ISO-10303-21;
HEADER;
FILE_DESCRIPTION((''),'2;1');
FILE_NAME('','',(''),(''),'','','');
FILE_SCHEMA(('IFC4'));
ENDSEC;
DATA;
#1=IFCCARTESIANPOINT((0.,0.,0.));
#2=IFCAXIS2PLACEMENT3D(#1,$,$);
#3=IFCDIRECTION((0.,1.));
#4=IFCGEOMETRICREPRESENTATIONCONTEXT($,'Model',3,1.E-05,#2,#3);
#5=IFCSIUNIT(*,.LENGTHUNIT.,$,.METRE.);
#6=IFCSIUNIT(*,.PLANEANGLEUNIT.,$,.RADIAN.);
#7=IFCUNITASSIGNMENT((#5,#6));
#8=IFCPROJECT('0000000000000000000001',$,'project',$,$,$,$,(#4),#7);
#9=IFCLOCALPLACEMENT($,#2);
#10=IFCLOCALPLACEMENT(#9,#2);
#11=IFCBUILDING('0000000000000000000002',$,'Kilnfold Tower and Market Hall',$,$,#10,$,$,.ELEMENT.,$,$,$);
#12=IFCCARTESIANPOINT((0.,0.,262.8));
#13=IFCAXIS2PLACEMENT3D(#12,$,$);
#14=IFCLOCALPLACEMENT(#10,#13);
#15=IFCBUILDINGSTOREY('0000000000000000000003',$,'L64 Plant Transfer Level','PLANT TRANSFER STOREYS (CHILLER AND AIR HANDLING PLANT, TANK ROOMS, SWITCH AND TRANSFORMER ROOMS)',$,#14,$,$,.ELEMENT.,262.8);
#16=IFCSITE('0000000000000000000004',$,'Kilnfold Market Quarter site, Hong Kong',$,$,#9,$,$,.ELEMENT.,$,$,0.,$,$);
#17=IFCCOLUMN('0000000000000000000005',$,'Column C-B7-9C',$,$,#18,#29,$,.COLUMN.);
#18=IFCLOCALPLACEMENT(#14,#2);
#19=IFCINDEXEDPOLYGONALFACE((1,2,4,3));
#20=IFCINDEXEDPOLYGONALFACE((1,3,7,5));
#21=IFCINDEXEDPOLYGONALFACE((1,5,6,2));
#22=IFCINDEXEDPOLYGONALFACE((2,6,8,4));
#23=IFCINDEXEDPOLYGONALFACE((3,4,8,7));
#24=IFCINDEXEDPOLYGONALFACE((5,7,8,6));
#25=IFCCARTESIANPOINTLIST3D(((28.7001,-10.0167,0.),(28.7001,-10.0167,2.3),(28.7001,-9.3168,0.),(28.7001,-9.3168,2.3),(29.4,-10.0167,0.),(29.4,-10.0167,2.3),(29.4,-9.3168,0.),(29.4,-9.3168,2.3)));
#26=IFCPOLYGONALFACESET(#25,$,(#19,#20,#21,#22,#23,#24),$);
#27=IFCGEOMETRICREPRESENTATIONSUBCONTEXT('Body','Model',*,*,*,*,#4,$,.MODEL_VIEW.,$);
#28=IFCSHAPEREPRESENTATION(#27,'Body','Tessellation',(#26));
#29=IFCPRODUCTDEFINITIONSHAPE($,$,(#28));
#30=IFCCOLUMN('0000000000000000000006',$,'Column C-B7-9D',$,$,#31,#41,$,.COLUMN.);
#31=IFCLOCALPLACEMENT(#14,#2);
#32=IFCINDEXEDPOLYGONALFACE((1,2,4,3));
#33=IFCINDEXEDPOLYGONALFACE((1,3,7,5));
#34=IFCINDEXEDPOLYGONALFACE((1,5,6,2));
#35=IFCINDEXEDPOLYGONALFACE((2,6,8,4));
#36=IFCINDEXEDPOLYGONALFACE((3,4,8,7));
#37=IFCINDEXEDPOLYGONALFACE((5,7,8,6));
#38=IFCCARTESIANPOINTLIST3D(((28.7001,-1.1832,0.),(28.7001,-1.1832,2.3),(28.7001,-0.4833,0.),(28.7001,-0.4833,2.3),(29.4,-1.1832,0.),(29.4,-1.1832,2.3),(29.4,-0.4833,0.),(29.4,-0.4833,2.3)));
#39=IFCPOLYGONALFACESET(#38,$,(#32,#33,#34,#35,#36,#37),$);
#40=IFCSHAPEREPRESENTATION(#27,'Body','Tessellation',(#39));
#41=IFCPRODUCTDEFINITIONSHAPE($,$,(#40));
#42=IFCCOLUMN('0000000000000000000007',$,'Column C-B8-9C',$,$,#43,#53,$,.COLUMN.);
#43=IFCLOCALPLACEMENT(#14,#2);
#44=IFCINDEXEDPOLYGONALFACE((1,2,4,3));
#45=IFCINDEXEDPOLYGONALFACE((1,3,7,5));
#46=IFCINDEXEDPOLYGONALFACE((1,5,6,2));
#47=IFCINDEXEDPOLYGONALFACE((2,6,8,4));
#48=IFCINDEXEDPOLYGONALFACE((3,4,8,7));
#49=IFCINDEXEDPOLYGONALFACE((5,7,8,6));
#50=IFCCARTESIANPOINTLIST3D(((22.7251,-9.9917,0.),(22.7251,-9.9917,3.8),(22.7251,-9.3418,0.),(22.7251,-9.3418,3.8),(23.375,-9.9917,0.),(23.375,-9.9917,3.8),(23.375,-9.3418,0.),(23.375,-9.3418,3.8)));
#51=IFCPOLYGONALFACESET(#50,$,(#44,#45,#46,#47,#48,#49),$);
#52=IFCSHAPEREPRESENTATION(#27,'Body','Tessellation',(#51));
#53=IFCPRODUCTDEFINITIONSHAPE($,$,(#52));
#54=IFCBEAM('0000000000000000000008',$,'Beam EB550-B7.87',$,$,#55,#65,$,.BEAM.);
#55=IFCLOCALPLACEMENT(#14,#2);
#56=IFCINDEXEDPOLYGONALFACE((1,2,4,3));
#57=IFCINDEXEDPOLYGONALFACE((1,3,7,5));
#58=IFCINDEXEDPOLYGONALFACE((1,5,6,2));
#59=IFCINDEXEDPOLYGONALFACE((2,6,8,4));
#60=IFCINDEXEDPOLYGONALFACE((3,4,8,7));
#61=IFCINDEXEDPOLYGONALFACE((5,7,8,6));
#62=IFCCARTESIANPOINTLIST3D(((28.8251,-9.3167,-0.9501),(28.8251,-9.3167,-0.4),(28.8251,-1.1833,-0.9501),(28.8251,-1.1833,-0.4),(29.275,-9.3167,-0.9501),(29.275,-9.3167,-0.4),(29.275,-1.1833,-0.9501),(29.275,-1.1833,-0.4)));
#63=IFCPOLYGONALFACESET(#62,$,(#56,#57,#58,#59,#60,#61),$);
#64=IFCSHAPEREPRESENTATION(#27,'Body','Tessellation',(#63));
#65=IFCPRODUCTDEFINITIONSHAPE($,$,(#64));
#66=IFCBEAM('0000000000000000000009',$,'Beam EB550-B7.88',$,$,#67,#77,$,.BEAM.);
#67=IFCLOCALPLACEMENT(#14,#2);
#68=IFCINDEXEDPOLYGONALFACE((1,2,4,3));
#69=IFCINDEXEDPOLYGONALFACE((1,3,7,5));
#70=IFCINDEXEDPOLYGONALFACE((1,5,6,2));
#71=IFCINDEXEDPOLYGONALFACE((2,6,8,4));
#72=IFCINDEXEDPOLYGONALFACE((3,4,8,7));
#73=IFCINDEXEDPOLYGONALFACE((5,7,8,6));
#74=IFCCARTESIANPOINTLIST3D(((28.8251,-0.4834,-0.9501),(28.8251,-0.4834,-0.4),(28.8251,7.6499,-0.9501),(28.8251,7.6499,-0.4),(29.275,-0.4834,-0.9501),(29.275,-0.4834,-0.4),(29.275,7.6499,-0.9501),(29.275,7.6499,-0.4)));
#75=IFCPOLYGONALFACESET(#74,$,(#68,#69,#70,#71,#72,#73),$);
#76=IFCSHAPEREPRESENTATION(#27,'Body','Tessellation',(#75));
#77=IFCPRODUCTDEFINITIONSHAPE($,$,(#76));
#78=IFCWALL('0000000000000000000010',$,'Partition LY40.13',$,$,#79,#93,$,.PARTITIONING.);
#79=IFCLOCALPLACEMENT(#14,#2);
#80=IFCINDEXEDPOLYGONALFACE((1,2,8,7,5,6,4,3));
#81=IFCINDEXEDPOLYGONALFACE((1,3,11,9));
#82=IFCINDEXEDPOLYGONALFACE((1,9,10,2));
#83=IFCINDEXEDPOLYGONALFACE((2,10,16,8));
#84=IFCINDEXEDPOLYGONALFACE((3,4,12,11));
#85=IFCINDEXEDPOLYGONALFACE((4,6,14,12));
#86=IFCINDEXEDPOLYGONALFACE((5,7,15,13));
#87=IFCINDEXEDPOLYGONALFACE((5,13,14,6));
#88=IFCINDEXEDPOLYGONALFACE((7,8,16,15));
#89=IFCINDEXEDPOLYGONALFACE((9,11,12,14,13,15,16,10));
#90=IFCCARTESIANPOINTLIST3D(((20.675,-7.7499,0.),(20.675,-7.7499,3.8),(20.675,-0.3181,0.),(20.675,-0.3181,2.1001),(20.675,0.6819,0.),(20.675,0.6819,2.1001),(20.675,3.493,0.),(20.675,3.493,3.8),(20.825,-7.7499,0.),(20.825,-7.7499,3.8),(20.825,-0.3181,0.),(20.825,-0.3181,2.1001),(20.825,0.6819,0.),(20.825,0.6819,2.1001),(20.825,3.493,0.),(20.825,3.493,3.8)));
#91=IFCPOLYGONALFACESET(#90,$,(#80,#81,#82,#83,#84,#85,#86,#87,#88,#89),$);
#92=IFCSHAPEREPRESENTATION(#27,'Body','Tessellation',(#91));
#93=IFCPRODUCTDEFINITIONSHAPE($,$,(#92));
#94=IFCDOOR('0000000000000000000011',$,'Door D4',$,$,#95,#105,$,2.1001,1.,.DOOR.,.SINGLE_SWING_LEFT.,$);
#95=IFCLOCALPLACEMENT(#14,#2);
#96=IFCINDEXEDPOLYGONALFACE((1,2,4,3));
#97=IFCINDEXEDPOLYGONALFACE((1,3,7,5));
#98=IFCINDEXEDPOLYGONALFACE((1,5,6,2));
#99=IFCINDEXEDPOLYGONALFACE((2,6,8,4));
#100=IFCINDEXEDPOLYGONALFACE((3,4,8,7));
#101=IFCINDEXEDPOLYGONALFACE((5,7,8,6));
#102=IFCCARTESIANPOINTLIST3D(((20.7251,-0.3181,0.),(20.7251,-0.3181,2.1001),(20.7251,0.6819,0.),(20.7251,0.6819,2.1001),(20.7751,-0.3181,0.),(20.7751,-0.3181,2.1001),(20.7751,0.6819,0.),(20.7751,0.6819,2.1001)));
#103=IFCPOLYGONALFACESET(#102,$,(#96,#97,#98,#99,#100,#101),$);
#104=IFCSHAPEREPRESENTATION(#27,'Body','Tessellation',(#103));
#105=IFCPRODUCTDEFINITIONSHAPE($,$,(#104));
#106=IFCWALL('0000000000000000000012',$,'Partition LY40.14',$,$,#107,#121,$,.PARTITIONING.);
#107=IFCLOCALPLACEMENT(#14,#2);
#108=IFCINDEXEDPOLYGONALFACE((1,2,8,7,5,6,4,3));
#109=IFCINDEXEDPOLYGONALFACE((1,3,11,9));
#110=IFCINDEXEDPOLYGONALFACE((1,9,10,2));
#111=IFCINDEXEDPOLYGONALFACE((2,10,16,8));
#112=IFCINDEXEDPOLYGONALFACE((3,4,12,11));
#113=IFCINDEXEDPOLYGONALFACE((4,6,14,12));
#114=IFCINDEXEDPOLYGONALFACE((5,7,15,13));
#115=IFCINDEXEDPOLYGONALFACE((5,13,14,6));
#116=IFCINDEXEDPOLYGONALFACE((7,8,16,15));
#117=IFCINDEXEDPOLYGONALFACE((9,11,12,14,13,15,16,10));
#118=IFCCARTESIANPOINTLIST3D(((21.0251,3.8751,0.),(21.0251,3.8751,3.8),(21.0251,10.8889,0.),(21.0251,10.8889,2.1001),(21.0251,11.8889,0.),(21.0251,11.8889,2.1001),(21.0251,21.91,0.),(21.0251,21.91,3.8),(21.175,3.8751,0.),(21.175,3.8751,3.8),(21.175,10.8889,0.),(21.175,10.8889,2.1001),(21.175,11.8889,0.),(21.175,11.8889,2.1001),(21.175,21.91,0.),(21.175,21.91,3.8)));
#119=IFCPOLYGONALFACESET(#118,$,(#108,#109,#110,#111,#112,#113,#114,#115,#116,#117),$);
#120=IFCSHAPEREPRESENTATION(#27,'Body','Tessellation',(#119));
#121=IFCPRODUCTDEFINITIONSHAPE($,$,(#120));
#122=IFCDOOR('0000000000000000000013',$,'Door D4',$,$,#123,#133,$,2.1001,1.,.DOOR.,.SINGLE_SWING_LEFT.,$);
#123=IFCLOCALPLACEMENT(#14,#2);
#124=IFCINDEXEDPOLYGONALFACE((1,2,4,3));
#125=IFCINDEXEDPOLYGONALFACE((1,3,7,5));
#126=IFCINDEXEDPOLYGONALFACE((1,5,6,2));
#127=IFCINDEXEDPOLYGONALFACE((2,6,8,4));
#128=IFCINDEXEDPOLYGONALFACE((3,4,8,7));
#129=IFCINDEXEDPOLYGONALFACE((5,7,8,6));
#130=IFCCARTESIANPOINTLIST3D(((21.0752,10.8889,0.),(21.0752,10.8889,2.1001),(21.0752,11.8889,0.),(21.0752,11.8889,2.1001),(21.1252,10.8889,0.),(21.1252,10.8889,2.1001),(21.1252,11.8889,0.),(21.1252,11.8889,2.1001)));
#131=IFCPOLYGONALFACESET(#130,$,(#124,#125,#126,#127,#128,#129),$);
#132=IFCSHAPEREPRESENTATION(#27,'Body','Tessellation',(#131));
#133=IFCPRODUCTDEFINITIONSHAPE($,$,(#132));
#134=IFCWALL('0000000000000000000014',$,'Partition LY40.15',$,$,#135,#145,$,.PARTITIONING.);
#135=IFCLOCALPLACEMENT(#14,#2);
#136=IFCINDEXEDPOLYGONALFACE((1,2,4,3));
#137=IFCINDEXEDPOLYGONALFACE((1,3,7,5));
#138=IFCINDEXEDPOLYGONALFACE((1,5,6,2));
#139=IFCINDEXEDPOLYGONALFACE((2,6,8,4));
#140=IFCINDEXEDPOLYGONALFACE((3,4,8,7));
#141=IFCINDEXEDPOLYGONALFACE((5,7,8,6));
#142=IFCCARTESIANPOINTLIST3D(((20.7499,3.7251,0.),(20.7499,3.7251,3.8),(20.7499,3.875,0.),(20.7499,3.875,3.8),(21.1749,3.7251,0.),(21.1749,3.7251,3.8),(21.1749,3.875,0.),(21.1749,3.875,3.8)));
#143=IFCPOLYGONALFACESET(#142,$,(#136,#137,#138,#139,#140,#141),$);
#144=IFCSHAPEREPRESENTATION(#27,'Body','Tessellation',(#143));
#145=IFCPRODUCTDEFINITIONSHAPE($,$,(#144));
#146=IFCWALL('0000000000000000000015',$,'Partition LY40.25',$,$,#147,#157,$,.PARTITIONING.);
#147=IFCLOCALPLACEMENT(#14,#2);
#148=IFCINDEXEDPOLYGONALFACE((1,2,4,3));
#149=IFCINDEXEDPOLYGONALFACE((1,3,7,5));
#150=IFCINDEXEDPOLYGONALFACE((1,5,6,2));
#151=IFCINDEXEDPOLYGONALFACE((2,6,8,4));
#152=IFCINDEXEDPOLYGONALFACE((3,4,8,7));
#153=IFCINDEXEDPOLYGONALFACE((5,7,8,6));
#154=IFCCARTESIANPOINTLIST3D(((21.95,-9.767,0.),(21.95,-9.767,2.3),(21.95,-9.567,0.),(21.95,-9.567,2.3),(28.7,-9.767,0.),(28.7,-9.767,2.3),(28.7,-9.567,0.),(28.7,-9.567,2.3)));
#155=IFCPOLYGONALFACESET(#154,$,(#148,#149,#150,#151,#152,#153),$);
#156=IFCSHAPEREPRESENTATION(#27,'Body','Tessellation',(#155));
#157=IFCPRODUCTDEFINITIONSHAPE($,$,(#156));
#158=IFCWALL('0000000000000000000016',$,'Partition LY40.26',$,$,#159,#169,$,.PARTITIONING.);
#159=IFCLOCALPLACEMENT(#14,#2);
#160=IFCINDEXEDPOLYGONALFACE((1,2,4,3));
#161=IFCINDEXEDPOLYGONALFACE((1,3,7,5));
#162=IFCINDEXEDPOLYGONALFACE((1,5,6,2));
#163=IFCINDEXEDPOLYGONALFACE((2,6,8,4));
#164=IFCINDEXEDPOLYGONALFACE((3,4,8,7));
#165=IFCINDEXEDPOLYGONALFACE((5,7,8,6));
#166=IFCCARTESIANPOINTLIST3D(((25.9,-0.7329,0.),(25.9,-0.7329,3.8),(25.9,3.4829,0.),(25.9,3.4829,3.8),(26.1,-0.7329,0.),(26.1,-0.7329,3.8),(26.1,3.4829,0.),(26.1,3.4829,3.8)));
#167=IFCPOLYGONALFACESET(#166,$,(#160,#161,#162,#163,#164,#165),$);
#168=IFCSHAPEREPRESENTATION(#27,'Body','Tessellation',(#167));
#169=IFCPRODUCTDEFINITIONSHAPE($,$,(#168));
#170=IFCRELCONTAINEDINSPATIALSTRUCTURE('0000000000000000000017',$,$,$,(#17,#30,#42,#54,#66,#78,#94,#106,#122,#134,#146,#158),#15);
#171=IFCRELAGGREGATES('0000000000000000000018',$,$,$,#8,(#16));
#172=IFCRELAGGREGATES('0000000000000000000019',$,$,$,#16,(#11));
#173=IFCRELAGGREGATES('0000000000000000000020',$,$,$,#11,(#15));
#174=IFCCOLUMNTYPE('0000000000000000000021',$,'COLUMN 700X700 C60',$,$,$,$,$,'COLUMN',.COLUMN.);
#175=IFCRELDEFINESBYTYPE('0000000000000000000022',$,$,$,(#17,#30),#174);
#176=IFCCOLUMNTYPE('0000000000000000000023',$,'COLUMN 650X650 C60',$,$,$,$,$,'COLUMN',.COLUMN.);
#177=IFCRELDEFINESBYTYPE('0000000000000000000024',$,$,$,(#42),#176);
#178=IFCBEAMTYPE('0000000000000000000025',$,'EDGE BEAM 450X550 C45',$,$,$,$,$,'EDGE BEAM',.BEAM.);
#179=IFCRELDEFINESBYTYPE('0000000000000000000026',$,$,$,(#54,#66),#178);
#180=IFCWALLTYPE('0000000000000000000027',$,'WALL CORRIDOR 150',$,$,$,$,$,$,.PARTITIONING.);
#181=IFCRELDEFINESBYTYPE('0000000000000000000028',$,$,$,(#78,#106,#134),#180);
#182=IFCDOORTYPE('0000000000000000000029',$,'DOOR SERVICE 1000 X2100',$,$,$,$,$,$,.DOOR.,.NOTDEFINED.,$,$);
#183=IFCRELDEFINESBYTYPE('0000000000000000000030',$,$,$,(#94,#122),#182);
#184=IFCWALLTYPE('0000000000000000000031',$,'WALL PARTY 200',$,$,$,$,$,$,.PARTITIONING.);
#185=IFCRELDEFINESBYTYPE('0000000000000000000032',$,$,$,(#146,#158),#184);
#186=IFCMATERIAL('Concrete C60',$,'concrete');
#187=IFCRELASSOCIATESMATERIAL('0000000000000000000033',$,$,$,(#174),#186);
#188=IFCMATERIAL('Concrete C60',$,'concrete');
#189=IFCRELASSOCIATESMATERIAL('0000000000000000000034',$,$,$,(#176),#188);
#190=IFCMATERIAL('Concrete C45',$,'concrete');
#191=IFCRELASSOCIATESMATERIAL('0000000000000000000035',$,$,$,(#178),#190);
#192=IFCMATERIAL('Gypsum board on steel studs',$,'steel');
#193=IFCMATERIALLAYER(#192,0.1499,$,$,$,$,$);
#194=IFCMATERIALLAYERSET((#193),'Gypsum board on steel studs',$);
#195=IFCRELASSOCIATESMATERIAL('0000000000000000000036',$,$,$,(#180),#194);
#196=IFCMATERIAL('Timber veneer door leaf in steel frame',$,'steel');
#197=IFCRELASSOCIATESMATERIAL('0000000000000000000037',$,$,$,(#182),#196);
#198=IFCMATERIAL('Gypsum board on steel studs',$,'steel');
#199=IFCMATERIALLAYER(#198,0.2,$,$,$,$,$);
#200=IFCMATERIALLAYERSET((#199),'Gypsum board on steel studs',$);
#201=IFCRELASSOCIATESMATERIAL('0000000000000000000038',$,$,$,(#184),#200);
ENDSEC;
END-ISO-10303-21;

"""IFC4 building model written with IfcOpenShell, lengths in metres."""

from ifc_helpers import new_model, si_unit, direction, frame, frame_2d, origin, origin_2d, place, context, subcontext, project, spatial, rectangle, extrude, source, transform, mapped, material, layer, layer_set, material_profile, profile_set, type_object, element, fill, save


model = new_model("IFC4")

# Units and contexts
model_context = context("Model", 3, precision=1e-05, world=origin(), true_north=direction((0.0, 1.0)))
body_context = subcontext(model_context, "Body", "Model", "MODEL_VIEW")
ifc_project = project(units=[si_unit("LENGTHUNIT", "METRE"), si_unit("PLANEANGLEUNIT", "RADIAN")], contexts=[model_context])

# Site, building, storey
site_placement = place(None, origin())
site = spatial("IfcSite", under=ifc_project, at=site_placement, Name="Kilnfold Market Quarter site, Hong Kong", CompositionType="ELEMENT", RefElevation=0.0)
building_placement = place(site_placement, origin())
building = spatial("IfcBuilding", under=site, at=building_placement, Name="Kilnfold Tower and Market Hall", CompositionType="ELEMENT")
storey_placement = place(building_placement, frame((0.0, 0.0, 262.8)))
storey = spatial("IfcBuildingStorey", under=building, at=storey_placement, Name="L64 Plant Transfer Level", Description="PLANT TRANSFER STOREYS (CHILLER AND AIR HANDLING PLANT, TANK ROOMS, SWITCH AND TRANSFORMER ROOMS)", CompositionType="ELEMENT", Elevation=262.8)

# Columns
ifc_material_1 = material(Name="Concrete C60", Category="concrete")
ifc_material_profile_1 = material_profile(ifc_material_1, rectangle(XDim=0.7, YDim=0.7, at=origin_2d()), Name="RC 700x700")
ifc_profile_set_1 = profile_set([ifc_material_profile_1], Name="Concrete C60")
column_type_1 = type_object("IfcColumnType", Name="COLUMN 700X700 C60", ElementType="COLUMN", PredefinedType="COLUMN", material=ifc_profile_set_1)
shared_shape_1 = source(origin(), body_context, "Body", "SweptSolid", [
    extrude(rectangle(XDim=0.7, YDim=0.7, at=origin_2d()), origin(), (0.0, 0.0, 1.0), 2.3),
])
for number, where, z_axis, x_axis, name in (
    (1, (29.05, -9.6667, 0.0), (0.0, 0.0, 1.0), (1.0, 0.0, 0.0), "Column C-B7-9C"),
    (2, (29.05, -0.8333, 0.0), (0.0, 0.0, 1.0), (1.0, 0.0, 0.0), "Column C-B7-9D"),
):
    element("IfcColumn", number, at=place(storey_placement, frame(where, z_axis=z_axis, x_axis=x_axis)), inside=storey, type_object=column_type_1, Name=name, PredefinedType="COLUMN", context=body_context, shape_type="MappedRepresentation", body=[
        mapped(shared_shape_1, transform((0.0, 0.0, 0.0))),
    ])
ifc_material_2 = material(Name="Concrete C60", Category="concrete")
ifc_material_profile_2 = material_profile(ifc_material_2, rectangle(XDim=0.6499, YDim=0.6499, at=origin_2d()), Name="RC 650x650")
ifc_profile_set_2 = profile_set([ifc_material_profile_2], Name="Concrete C60")
column_type_2 = type_object("IfcColumnType", Name="COLUMN 650X650 C60", ElementType="COLUMN", PredefinedType="COLUMN", material=ifc_profile_set_2)
shared_shape_2 = source(origin(), body_context, "Body", "SweptSolid", [
    extrude(rectangle(XDim=0.6499, YDim=0.6499, at=origin_2d()), origin(), (0.0, 0.0, 1.0), 3.8),
])
column_placement = place(storey_placement, frame((23.05, -9.6667, 0.0), z_axis=(0.0, 0.0, 1.0), x_axis=(1.0, 0.0, 0.0)))
element("IfcColumn", 3, at=column_placement, inside=storey, type_object=column_type_2, Name="Column C-B8-9C", PredefinedType="COLUMN", context=body_context, shape_type="MappedRepresentation", body=[
    mapped(shared_shape_2, transform((0.0, 0.0, 0.0))),
])

# Beams
ifc_material_3 = material(Name="Concrete C45", Category="concrete")
ifc_material_profile_3 = material_profile(ifc_material_3, rectangle(XDim=0.45, YDim=0.55, at=origin_2d()), Name="RC 450x550")
ifc_profile_set_3 = profile_set([ifc_material_profile_3], Name="Concrete C45")
beam_type = type_object("IfcBeamType", Name="EDGE BEAM 450X550 C45", ElementType="EDGE BEAM", PredefinedType="BEAM", material=ifc_profile_set_3)
shared_shape_3 = source(origin(), body_context, "Body", "SweptSolid", [
    extrude(rectangle(XDim=0.45, YDim=0.55, at=origin_2d()), origin(), (0.0, 0.0, 1.0), 8.1333),
])
for number, where, z_axis, x_axis, name in (
    (4, (29.05, -9.3167, -0.675), (0.0, 1.0, 0.0), (-1.0, 0.0, 0.0), "Beam EB550-B7.87"),
    (5, (29.05, -0.4834, -0.675), (0.0, 1.0, 0.0), (-1.0, 0.0, 0.0), "Beam EB550-B7.88"),
):
    element("IfcBeam", number, at=place(storey_placement, frame(where, z_axis=z_axis, x_axis=x_axis)), inside=storey, type_object=beam_type, Name=name, PredefinedType="BEAM", context=body_context, shape_type="MappedRepresentation", body=[
        mapped(shared_shape_3, transform((0.0, 0.0, 0.0))),
    ])

# Walls, openings, doors
ifc_material_4 = material(Name="Gypsum board on steel studs", Category="steel")
ifc_layer_1 = layer(ifc_material_4, 0.1499)
ifc_layer_set_1 = layer_set([ifc_layer_1], Name="Gypsum board on steel studs")
wall_type_1 = type_object("IfcWallType", Name="WALL CORRIDOR 150", PredefinedType="PARTITIONING", material=ifc_layer_set_1)
wall_1_placement = place(storey_placement, frame((20.75, -7.75, 0.0), z_axis=(0.0, 0.0, 1.0), x_axis=(0.0, 1.0, 0.0)))
wall_1 = element("IfcWall", 6, at=wall_1_placement, inside=storey, type_object=wall_type_1, Name="Partition LY40.13", PredefinedType="PARTITIONING", context=body_context, shape_type="SweptSolid", body=[
    extrude(rectangle(XDim=11.2429, YDim=0.1499, at=frame_2d((5.6216, 0.0))), origin(), (0.0, 0.0, 1.0), 3.8),
])
opening_1_placement = place(wall_1_placement, frame((7.4319, 0.0, 0.0)))
opening_1 = element("IfcOpeningElement", 7, at=opening_1_placement, cuts=wall_1, PredefinedType="OPENING", context=body_context, shape_type="SweptSolid", body=[
    extrude(rectangle(XDim=1.0, YDim=2.1001, at=frame_2d((0.5, 1.05))), frame((0.0, 0.085, 0.0), z_axis=(0.0, -1.0, 0.0), x_axis=(1.0, 0.0, 0.0)), (0.0, 0.0, 1.0), 0.1699),
])
ifc_material_5 = material(Name="Timber veneer door leaf in steel frame", Category="steel")
door_type = type_object("IfcDoorType", Name="DOOR SERVICE 1000 X2100", OperationType="NOTDEFINED", PredefinedType="DOOR", material=ifc_material_5)
door_1_placement = place(opening_1_placement, origin())
door_1 = element("IfcDoor", 8, at=door_1_placement, inside=storey, type_object=door_type, Name="Door D4", OperationType="SINGLE_SWING_LEFT", OverallHeight=2.1001, OverallWidth=1.0, PredefinedType="DOOR", context=body_context, shape_type="SweptSolid", body=[
    extrude(rectangle(XDim=1.0, YDim=2.1001, at=frame_2d((0.5, 1.05))), frame((0.0, 0.0249, 0.0), z_axis=(0.0, -1.0, 0.0), x_axis=(1.0, 0.0, 0.0)), (0.0, 0.0, 1.0), 0.05),
])
fill(opening_1, door_1)
wall_2_placement = place(storey_placement, frame((21.1001, 3.875, 0.0), z_axis=(0.0, 0.0, 1.0), x_axis=(0.0, 1.0, 0.0)))
wall_2 = element("IfcWall", 9, at=wall_2_placement, inside=storey, type_object=wall_type_1, Name="Partition LY40.14", PredefinedType="PARTITIONING", context=body_context, shape_type="SweptSolid", body=[
    extrude(rectangle(XDim=18.0349, YDim=0.1499, at=frame_2d((9.0176, 0.0))), origin(), (0.0, 0.0, 1.0), 3.8),
])
opening_2_placement = place(wall_2_placement, frame((7.0139, 0.0, 0.0)))
opening_2 = element("IfcOpeningElement", 10, at=opening_2_placement, cuts=wall_2, PredefinedType="OPENING", context=body_context, shape_type="SweptSolid", body=[
    extrude(rectangle(XDim=1.0, YDim=2.1001, at=frame_2d((0.5, 1.05))), frame((0.0, 0.085, 0.0), z_axis=(0.0, -1.0, 0.0), x_axis=(1.0, 0.0, 0.0)), (0.0, 0.0, 1.0), 0.1699),
])
door_2_placement = place(opening_2_placement, origin())
door_2 = element("IfcDoor", 11, at=door_2_placement, inside=storey, type_object=door_type, Name="Door D4", OperationType="SINGLE_SWING_LEFT", OverallHeight=2.1001, OverallWidth=1.0, PredefinedType="DOOR", context=body_context, shape_type="SweptSolid", body=[
    extrude(rectangle(XDim=1.0, YDim=2.1001, at=frame_2d((0.5, 1.05))), frame((0.0, 0.0249, 0.0), z_axis=(0.0, -1.0, 0.0), x_axis=(1.0, 0.0, 0.0)), (0.0, 0.0, 1.0), 0.05),
])
fill(opening_2, door_2)

# Walls
wall_3_placement = place(storey_placement, frame((20.75, 3.8, 0.0), z_axis=(0.0, 0.0, 1.0), x_axis=(1.0, 0.0, 0.0)))
element("IfcWall", 12, at=wall_3_placement, inside=storey, type_object=wall_type_1, Name="Partition LY40.15", PredefinedType="PARTITIONING", context=body_context, shape_type="SweptSolid", body=[
    extrude(rectangle(XDim=0.425, YDim=0.1499, at=frame_2d((0.2124, 0.0))), origin(), (0.0, 0.0, 1.0), 3.8),
])
ifc_material_6 = material(Name="Gypsum board on steel studs", Category="steel")
ifc_layer_2 = layer(ifc_material_6, 0.2)
ifc_layer_set_2 = layer_set([ifc_layer_2], Name="Gypsum board on steel studs")
wall_type_2 = type_object("IfcWallType", Name="WALL PARTY 200", PredefinedType="PARTITIONING", material=ifc_layer_set_2)
wall_4_placement = place(storey_placement, frame((21.95, -9.667, 0.0), z_axis=(0.0, 0.0, 1.0), x_axis=(1.0, 0.0, 0.0)))
element("IfcWall", 13, at=wall_4_placement, inside=storey, type_object=wall_type_2, Name="Partition LY40.25", PredefinedType="PARTITIONING", context=body_context, shape_type="SweptSolid", body=[
    extrude(rectangle(XDim=6.75, YDim=0.2, at=frame_2d((3.375, 0.0))), origin(), (0.0, 0.0, 1.0), 2.3),
])
wall_5_placement = place(storey_placement, frame((26.0, -0.7329, 0.0), z_axis=(0.0, 0.0, 1.0), x_axis=(0.0, 1.0, 0.0)))
element("IfcWall", 14, at=wall_5_placement, inside=storey, type_object=wall_type_2, Name="Partition LY40.26", PredefinedType="PARTITIONING", context=body_context, shape_type="SweptSolid", body=[
    extrude(rectangle(XDim=4.2158, YDim=0.2, at=frame_2d((2.1079, 0.0))), origin(), (0.0, 0.0, 1.0), 3.8),
])

save(model, "model.ifc")
